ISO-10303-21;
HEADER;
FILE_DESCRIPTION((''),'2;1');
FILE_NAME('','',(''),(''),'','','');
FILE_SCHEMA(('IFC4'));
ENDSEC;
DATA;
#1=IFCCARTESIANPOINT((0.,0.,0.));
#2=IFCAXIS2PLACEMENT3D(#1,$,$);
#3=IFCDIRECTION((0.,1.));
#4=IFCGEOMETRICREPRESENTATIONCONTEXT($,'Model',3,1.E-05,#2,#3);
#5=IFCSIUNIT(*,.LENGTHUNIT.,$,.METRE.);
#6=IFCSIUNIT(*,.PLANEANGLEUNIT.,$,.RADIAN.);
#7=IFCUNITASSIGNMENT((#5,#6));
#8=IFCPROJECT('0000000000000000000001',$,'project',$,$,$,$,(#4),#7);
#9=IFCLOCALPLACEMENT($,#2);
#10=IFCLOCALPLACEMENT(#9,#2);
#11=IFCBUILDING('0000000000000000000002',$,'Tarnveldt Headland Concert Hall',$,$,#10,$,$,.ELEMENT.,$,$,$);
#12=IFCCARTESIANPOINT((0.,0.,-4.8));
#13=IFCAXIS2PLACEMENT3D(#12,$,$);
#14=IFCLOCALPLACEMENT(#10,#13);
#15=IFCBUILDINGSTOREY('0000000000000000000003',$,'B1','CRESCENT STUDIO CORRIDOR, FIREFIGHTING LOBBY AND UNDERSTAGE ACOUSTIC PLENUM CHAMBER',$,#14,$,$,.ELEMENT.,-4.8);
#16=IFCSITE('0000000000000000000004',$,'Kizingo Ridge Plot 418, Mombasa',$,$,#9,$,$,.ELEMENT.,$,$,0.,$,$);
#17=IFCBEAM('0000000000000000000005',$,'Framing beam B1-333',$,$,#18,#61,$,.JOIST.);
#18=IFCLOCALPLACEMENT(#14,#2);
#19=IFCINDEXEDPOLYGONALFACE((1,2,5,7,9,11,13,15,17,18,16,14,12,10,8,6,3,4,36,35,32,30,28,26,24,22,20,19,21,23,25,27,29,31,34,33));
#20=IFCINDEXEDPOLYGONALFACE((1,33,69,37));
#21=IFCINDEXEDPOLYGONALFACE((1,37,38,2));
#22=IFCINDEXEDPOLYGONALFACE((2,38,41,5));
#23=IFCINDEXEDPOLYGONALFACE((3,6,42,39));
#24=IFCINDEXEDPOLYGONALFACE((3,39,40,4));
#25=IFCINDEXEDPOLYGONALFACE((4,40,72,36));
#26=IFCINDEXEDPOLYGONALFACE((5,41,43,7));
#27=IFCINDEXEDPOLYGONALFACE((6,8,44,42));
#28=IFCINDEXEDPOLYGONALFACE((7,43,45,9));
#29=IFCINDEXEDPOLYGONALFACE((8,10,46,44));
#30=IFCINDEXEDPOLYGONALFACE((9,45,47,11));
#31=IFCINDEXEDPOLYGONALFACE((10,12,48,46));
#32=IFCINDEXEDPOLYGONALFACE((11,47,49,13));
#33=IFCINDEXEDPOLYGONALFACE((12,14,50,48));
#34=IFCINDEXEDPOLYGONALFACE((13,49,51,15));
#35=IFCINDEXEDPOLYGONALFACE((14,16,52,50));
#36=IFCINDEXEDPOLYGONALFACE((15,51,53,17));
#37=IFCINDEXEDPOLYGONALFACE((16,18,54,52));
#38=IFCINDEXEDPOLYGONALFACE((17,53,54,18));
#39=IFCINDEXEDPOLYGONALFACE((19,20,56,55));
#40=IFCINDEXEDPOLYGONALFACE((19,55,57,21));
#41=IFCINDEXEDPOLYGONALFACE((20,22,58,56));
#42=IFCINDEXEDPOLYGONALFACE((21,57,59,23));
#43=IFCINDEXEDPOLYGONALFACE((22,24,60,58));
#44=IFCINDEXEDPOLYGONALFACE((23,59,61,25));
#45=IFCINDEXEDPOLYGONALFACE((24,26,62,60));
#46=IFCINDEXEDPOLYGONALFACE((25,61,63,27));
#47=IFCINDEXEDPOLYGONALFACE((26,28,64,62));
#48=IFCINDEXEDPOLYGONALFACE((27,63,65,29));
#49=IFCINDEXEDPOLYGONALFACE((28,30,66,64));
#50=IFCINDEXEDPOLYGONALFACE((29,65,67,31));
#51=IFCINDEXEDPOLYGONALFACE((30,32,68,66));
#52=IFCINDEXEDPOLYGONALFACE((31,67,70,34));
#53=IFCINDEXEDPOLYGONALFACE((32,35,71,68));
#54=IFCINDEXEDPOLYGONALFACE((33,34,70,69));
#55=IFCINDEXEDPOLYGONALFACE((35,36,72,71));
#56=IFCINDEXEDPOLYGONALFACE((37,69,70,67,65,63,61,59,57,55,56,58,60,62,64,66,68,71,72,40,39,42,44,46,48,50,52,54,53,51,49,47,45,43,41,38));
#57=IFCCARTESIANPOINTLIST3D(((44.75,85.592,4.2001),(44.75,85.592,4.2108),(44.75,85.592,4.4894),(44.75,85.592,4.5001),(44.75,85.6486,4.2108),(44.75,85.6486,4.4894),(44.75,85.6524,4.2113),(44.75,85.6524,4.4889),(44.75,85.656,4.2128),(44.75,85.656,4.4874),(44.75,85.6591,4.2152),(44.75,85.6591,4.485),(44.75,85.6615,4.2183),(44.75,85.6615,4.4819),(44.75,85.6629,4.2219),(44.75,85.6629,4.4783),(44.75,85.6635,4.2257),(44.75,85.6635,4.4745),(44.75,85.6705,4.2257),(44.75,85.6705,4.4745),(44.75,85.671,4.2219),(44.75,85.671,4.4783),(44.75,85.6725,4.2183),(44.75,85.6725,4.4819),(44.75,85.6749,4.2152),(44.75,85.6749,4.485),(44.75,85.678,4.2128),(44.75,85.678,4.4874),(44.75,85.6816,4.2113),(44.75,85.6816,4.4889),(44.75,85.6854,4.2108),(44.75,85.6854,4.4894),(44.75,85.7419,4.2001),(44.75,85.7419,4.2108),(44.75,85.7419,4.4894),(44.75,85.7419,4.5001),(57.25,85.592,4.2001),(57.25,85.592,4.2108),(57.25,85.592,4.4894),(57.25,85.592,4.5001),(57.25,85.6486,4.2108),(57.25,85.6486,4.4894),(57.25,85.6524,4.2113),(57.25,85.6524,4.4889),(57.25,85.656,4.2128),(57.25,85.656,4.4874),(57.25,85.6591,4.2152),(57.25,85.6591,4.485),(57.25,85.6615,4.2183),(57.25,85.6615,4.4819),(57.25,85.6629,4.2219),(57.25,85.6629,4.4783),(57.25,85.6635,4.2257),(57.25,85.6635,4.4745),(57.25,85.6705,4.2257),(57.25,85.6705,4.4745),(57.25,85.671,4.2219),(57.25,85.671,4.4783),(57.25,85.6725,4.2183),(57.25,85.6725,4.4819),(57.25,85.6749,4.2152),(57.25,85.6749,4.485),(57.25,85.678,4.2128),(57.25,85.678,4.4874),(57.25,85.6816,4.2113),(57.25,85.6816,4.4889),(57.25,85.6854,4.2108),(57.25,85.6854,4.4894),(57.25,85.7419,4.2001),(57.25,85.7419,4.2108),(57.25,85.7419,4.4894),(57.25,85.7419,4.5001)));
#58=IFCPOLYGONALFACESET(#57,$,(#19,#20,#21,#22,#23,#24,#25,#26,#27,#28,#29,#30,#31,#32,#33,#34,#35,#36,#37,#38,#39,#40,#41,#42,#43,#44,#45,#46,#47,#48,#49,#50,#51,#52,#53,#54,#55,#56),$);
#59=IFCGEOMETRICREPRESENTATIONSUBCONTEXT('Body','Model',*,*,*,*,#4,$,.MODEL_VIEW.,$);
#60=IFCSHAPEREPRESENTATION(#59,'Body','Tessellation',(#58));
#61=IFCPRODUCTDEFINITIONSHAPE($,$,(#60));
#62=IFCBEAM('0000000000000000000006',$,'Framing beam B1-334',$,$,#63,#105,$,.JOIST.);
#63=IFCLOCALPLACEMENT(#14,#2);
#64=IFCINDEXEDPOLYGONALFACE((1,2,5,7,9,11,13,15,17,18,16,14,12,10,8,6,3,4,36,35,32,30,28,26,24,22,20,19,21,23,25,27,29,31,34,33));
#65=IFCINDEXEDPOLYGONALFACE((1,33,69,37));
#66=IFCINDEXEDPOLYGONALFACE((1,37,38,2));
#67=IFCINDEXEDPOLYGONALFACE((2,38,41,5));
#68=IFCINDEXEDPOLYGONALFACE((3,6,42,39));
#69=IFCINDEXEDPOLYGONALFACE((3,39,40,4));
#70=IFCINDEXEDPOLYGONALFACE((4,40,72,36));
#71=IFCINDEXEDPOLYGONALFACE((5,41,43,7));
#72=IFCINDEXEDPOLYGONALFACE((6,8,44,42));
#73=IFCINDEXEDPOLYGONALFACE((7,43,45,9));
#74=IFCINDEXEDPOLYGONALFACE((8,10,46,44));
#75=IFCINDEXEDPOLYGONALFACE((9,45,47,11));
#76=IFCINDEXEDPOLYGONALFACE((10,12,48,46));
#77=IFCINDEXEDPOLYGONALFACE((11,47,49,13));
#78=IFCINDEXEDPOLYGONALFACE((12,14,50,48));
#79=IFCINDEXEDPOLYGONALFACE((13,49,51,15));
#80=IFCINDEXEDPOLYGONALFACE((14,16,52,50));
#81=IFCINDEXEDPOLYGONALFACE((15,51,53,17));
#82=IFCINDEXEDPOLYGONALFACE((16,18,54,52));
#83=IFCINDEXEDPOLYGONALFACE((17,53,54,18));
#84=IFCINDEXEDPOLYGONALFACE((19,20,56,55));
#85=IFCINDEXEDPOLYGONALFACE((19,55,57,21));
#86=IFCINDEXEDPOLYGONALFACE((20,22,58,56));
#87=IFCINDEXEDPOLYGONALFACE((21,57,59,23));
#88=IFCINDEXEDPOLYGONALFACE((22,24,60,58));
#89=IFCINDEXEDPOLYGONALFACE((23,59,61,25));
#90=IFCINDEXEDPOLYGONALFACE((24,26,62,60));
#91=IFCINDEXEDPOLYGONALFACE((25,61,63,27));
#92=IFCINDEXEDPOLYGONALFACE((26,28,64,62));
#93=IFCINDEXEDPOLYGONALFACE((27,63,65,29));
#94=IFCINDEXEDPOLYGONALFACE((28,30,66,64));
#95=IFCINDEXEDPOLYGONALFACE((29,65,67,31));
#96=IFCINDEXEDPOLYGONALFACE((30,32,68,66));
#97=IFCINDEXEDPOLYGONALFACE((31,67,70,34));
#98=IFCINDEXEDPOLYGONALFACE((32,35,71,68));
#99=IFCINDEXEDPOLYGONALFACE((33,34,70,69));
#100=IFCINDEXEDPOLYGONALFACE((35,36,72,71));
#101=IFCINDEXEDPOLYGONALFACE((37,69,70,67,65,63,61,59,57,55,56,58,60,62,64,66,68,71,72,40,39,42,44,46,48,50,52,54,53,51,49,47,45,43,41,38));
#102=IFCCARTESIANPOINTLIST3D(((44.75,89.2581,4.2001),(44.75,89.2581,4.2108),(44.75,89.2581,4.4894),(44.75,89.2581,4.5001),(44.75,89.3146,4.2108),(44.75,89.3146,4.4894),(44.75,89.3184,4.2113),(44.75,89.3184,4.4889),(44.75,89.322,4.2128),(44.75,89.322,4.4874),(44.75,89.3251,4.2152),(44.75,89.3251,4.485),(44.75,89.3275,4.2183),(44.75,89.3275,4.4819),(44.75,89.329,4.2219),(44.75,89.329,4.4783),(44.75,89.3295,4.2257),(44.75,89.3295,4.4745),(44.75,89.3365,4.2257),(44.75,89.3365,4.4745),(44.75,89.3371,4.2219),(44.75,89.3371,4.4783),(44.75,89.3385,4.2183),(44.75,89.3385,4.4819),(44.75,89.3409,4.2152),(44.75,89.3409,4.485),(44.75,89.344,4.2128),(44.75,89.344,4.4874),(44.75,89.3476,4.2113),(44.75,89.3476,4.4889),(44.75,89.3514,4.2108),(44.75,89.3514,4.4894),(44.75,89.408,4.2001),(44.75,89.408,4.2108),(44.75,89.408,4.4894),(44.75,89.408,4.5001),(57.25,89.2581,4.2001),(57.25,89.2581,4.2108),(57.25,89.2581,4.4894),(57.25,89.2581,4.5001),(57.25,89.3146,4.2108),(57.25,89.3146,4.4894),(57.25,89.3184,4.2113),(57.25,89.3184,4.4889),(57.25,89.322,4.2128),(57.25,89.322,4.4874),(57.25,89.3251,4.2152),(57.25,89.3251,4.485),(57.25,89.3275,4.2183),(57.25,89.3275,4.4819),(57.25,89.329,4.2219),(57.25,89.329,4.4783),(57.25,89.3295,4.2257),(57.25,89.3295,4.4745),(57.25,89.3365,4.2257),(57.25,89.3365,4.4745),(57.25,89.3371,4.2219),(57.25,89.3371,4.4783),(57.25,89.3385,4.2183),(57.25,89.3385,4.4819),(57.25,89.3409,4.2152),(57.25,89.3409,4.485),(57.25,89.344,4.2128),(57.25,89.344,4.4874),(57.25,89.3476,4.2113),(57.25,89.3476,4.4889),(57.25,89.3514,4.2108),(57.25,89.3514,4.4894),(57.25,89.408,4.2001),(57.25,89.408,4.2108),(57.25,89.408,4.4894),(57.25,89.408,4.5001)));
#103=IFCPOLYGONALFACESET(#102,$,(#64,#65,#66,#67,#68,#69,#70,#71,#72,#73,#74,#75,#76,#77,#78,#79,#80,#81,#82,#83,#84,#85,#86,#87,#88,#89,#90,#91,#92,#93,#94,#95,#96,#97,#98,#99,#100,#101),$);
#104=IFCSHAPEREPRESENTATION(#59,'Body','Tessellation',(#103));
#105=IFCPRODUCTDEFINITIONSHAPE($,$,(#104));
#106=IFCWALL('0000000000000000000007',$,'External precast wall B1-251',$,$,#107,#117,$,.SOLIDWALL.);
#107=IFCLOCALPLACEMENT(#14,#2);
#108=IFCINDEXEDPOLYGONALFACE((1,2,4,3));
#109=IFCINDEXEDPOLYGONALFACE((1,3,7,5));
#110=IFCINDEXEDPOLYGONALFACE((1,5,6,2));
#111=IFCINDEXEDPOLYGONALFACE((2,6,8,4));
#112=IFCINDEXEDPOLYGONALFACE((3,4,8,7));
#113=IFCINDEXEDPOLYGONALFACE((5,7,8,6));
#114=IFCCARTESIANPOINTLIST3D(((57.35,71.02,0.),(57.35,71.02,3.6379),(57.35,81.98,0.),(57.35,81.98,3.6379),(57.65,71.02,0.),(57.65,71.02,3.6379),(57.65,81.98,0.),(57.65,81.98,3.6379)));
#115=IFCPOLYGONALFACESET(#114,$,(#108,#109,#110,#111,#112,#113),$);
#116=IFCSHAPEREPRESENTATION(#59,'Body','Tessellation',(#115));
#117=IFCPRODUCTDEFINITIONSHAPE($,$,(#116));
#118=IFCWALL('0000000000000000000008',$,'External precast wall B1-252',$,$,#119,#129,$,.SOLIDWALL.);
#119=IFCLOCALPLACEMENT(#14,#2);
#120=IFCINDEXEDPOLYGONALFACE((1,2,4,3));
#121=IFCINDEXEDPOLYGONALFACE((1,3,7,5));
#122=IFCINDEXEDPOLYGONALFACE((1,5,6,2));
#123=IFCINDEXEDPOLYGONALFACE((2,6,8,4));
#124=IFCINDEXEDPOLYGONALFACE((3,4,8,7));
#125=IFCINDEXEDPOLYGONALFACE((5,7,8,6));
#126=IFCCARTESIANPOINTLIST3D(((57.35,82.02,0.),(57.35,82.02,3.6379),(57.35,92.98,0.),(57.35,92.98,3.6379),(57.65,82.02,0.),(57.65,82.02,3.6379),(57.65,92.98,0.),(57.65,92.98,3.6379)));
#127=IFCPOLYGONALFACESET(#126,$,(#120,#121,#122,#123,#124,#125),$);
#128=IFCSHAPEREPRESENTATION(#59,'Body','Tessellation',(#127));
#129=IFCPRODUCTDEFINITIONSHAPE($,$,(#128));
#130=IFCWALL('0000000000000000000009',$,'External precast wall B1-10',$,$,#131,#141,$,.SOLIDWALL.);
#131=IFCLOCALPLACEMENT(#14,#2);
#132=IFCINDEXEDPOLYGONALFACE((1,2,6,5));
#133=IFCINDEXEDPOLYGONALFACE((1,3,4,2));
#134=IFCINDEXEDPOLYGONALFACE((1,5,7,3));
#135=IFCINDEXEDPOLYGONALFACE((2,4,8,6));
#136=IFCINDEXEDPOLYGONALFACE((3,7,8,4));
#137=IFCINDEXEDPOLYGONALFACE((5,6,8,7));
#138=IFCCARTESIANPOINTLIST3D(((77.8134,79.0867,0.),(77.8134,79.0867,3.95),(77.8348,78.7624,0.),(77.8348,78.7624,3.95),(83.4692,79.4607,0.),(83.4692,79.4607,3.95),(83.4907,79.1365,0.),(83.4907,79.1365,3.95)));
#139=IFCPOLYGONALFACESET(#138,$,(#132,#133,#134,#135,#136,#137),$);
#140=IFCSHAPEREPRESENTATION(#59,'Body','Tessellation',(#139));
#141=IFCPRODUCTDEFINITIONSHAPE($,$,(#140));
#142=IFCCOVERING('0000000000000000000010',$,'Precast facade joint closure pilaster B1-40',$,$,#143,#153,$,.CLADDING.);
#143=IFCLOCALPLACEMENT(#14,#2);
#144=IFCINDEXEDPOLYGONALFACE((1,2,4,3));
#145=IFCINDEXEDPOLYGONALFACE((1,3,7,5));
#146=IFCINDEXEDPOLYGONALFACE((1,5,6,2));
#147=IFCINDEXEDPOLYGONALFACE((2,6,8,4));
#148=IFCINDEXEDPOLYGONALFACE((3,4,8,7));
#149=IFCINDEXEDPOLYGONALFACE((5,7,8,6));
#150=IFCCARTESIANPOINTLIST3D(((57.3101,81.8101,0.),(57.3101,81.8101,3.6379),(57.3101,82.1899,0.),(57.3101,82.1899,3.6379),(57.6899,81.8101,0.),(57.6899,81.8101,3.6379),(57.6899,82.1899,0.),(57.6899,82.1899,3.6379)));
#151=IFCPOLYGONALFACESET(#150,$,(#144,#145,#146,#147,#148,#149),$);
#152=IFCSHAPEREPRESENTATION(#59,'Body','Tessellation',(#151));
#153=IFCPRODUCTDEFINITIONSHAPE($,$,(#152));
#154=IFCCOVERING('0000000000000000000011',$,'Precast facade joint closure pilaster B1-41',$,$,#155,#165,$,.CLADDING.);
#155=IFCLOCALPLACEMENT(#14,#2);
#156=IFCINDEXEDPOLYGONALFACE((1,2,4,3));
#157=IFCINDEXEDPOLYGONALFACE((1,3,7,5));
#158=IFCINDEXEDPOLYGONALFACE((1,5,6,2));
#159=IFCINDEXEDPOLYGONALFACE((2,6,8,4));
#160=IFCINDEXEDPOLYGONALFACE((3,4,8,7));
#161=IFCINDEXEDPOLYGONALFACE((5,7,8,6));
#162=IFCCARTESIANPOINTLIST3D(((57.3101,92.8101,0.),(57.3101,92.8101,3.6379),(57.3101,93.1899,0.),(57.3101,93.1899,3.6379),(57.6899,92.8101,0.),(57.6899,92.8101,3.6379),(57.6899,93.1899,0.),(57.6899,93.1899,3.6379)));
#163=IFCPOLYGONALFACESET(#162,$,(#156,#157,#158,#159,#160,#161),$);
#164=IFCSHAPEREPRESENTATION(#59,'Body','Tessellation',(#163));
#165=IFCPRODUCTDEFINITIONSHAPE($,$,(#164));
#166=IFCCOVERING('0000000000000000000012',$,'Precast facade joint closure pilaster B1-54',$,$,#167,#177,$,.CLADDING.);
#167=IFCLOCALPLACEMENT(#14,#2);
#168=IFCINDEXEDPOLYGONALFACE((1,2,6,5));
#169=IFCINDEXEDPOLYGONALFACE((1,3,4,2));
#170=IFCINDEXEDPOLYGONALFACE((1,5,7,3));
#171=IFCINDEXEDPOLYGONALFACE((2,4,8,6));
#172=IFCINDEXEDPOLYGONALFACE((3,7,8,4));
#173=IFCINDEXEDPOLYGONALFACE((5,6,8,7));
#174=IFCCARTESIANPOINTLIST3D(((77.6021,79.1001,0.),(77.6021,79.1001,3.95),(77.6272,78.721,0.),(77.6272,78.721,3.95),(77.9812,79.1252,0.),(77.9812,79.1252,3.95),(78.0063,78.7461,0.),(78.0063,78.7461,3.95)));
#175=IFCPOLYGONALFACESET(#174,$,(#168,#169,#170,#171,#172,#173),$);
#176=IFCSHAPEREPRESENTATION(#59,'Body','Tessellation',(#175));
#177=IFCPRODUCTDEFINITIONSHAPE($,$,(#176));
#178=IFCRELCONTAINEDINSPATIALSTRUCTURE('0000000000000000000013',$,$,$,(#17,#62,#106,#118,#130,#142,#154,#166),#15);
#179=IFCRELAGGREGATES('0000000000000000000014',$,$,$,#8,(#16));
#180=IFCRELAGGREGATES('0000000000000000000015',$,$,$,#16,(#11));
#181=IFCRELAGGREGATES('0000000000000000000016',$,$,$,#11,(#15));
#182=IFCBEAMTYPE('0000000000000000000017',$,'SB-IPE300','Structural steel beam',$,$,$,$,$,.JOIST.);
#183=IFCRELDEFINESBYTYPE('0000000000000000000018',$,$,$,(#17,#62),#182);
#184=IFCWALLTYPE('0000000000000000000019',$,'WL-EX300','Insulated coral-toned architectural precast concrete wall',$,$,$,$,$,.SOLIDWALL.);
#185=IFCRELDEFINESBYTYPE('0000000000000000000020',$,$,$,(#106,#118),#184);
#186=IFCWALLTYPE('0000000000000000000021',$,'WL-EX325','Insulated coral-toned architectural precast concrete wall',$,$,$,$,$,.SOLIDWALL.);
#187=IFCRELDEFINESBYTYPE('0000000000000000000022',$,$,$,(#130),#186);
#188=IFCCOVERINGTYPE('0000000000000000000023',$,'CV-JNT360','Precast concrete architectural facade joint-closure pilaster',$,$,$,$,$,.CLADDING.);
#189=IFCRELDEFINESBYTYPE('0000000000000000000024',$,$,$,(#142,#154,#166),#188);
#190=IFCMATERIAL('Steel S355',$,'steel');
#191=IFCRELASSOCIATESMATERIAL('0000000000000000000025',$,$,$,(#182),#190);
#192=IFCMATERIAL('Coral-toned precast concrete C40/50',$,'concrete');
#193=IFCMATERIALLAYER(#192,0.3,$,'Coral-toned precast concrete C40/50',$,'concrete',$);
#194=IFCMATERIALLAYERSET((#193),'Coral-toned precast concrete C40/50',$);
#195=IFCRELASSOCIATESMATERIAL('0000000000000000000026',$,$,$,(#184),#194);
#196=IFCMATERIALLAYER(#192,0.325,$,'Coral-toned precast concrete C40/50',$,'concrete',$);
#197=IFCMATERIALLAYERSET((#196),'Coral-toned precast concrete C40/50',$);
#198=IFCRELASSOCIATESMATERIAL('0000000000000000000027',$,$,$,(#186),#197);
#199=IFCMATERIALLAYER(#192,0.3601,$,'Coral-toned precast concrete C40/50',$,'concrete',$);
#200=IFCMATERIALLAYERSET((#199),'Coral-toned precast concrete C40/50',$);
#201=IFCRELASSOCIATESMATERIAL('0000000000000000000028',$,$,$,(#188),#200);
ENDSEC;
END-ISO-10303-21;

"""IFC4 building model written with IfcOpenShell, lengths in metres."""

from ifc_helpers import new_model, si_unit, direction, frame, frame_2d, origin, origin_2d, place, context, subcontext, project, spatial, rectangle, i_section, extrude, material, layer, layer_set, material_profile, profile_set, type_object, element, save


model = new_model("IFC4")

# Units and contexts
model_context = context("Model", 3, precision=1e-05, world=origin(), true_north=direction((0.0, 1.0)))
body_context = subcontext(model_context, "Body", "Model", "MODEL_VIEW")
ifc_project = project(units=[si_unit("LENGTHUNIT", "METRE"), si_unit("PLANEANGLEUNIT", "RADIAN")], contexts=[model_context])

# Site, building, storey
site_placement = place(None, origin())
site = spatial("IfcSite", under=ifc_project, at=site_placement, Name="Kizingo Ridge Plot 418, Mombasa", CompositionType="ELEMENT", RefElevation=0.0)
building_placement = place(site_placement, origin())
building = spatial("IfcBuilding", under=site, at=building_placement, Name="Tarnveldt Headland Concert Hall", CompositionType="ELEMENT")
storey_placement = place(building_placement, frame((0.0, 0.0, -4.8)))
storey = spatial("IfcBuildingStorey", under=building, at=storey_placement, Name="B1", Description="CRESCENT STUDIO CORRIDOR, FIREFIGHTING LOBBY AND UNDERSTAGE ACOUSTIC PLENUM CHAMBER", CompositionType="ELEMENT", Elevation=-4.8)

# Beams
ifc_material_1 = material(Name="Steel S355", Category="steel")
ifc_material_profile_1 = material_profile(ifc_material_1, i_section(OverallWidth=0.1499, OverallDepth=0.3, WebThickness=0.0071, FlangeThickness=0.0107, FilletRadius=0.0149, at=origin_2d()), Name="IPE300", Category="steel")
ifc_profile_set_1 = profile_set([ifc_material_profile_1], Name="Steel S355")
beam_type_1 = type_object("IfcBeamType", Name="SB-IPE300", Description="Structural steel beam", PredefinedType="JOIST", material=ifc_profile_set_1)
for number, where, z_axis, x_axis, name in (
    (1, (44.75, 85.667, 4.3501), (1.0, 0.0, 0.0), (0.0, 1.0, 0.0), "Framing beam B1-333"),
    (2, (44.75, 89.333, 4.3501), (1.0, 0.0, 0.0), (0.0, 1.0, 0.0), "Framing beam B1-334"),
):
    element("IfcBeam", number, at=place(storey_placement, frame(where, z_axis=z_axis, x_axis=x_axis)), inside=storey, type_object=beam_type_1, Name=name, PredefinedType="JOIST", context=body_context, shape_type="SweptSolid", body=[
        extrude(i_section(OverallWidth=0.1499, OverallDepth=0.3, WebThickness=0.0071, FlangeThickness=0.0107, FilletRadius=0.0149, at=origin_2d()), origin(), (0.0, 0.0, 1.0), 12.5),
    ])

# Walls
ifc_material_2 = material(Name="Coral-toned precast concrete C40/50", Category="concrete")
ifc_layer_1 = layer(ifc_material_2, 0.3, Name="Coral-toned precast concrete C40/50", Category="concrete")
ifc_layer_set_1 = layer_set([ifc_layer_1], Name="Coral-toned precast concrete C40/50")
wall_type_1 = type_object("IfcWallType", Name="WL-EX300", Description="Insulated coral-toned architectural precast concrete wall", PredefinedType="SOLIDWALL", material=ifc_layer_set_1)
for number, where, z_axis, x_axis, name in (
    (3, (57.5, 81.98, 0.0), (0.0, 0.0, 1.0), (0.0, -1.0, 0.0), "External precast wall B1-251"),
    (4, (57.5, 92.98, 0.0), (0.0, 0.0, 1.0), (0.0, -1.0, 0.0), "External precast wall B1-252"),
):
    element("IfcWall", number, at=place(storey_placement, frame(where, z_axis=z_axis, x_axis=x_axis)), inside=storey, type_object=wall_type_1, Name=name, PredefinedType="SOLIDWALL", context=body_context, shape_type="SweptSolid", body=[
        extrude(rectangle(XDim=10.96, YDim=0.3, at=frame_2d((5.48, 0.0))), origin(), (0.0, 0.0, 1.0), 3.6379),
    ])
ifc_layer_2 = layer(ifc_material_2, 0.325, Name="Coral-toned precast concrete C40/50", Category="concrete")
ifc_layer_set_2 = layer_set([ifc_layer_2], Name="Coral-toned precast concrete C40/50")
wall_type_2 = type_object("IfcWallType", Name="WL-EX325", Description="Insulated coral-toned architectural precast concrete wall", PredefinedType="SOLIDWALL", material=ifc_layer_set_2)
wall_placement = place(storey_placement, frame((77.8242, 78.9246, 0.0), z_axis=(0.0, 0.0, 1.0), x_axis=(0.99782, 0.065987, 0.0)))
element("IfcWall", 5, at=wall_placement, inside=storey, type_object=wall_type_2, Name="External precast wall B1-10", PredefinedType="SOLIDWALL", context=body_context, shape_type="SweptSolid", body=[
    extrude(rectangle(XDim=5.6682, YDim=0.325, at=frame_2d((2.834, 0.0))), origin(), (0.0, 0.0, 1.0), 3.95),
])

# Coverings
ifc_layer_3 = layer(ifc_material_2, 0.3601, Name="Coral-toned precast concrete C40/50", Category="concrete")
ifc_layer_set_3 = layer_set([ifc_layer_3], Name="Coral-toned precast concrete C40/50")
covering_type = type_object("IfcCoveringType", Name="CV-JNT360", Description="Precast concrete architectural facade joint-closure pilaster", PredefinedType="CLADDING", material=ifc_layer_set_3)
for number, where, z_axis, x_axis, name in (
    (6, (57.5, 82.0, 0.0), (0.0, 0.0, 1.0), (0.0, -1.0, 0.0), "Precast facade joint closure pilaster B1-40"),
    (7, (57.5, 93.0, 0.0), (0.0, 0.0, 1.0), (0.0, -1.0, 0.0), "Precast facade joint closure pilaster B1-41"),
):
    element("IfcCovering", number, at=place(storey_placement, frame(where, z_axis=z_axis, x_axis=x_axis)), inside=storey, type_object=covering_type, Name=name, PredefinedType="CLADDING", context=body_context, shape_type="SweptSolid", body=[
        extrude(rectangle(XDim=0.3799, YDim=0.3799, at=origin_2d()), origin(), (0.0, 0.0, 1.0), 3.6379),
    ])
covering_placement = place(storey_placement, frame((77.8042, 78.9231, 0.0), z_axis=(0.0, 0.0, 1.0), x_axis=(0.997813, 0.0661, 0.0)))
element("IfcCovering", 8, at=covering_placement, inside=storey, type_object=covering_type, Name="Precast facade joint closure pilaster B1-54", PredefinedType="CLADDING", context=body_context, shape_type="SweptSolid", body=[
    extrude(rectangle(XDim=0.3799, YDim=0.3799, at=origin_2d()), origin(), (0.0, 0.0, 1.0), 3.95),
])

save(model, "model.ifc")
